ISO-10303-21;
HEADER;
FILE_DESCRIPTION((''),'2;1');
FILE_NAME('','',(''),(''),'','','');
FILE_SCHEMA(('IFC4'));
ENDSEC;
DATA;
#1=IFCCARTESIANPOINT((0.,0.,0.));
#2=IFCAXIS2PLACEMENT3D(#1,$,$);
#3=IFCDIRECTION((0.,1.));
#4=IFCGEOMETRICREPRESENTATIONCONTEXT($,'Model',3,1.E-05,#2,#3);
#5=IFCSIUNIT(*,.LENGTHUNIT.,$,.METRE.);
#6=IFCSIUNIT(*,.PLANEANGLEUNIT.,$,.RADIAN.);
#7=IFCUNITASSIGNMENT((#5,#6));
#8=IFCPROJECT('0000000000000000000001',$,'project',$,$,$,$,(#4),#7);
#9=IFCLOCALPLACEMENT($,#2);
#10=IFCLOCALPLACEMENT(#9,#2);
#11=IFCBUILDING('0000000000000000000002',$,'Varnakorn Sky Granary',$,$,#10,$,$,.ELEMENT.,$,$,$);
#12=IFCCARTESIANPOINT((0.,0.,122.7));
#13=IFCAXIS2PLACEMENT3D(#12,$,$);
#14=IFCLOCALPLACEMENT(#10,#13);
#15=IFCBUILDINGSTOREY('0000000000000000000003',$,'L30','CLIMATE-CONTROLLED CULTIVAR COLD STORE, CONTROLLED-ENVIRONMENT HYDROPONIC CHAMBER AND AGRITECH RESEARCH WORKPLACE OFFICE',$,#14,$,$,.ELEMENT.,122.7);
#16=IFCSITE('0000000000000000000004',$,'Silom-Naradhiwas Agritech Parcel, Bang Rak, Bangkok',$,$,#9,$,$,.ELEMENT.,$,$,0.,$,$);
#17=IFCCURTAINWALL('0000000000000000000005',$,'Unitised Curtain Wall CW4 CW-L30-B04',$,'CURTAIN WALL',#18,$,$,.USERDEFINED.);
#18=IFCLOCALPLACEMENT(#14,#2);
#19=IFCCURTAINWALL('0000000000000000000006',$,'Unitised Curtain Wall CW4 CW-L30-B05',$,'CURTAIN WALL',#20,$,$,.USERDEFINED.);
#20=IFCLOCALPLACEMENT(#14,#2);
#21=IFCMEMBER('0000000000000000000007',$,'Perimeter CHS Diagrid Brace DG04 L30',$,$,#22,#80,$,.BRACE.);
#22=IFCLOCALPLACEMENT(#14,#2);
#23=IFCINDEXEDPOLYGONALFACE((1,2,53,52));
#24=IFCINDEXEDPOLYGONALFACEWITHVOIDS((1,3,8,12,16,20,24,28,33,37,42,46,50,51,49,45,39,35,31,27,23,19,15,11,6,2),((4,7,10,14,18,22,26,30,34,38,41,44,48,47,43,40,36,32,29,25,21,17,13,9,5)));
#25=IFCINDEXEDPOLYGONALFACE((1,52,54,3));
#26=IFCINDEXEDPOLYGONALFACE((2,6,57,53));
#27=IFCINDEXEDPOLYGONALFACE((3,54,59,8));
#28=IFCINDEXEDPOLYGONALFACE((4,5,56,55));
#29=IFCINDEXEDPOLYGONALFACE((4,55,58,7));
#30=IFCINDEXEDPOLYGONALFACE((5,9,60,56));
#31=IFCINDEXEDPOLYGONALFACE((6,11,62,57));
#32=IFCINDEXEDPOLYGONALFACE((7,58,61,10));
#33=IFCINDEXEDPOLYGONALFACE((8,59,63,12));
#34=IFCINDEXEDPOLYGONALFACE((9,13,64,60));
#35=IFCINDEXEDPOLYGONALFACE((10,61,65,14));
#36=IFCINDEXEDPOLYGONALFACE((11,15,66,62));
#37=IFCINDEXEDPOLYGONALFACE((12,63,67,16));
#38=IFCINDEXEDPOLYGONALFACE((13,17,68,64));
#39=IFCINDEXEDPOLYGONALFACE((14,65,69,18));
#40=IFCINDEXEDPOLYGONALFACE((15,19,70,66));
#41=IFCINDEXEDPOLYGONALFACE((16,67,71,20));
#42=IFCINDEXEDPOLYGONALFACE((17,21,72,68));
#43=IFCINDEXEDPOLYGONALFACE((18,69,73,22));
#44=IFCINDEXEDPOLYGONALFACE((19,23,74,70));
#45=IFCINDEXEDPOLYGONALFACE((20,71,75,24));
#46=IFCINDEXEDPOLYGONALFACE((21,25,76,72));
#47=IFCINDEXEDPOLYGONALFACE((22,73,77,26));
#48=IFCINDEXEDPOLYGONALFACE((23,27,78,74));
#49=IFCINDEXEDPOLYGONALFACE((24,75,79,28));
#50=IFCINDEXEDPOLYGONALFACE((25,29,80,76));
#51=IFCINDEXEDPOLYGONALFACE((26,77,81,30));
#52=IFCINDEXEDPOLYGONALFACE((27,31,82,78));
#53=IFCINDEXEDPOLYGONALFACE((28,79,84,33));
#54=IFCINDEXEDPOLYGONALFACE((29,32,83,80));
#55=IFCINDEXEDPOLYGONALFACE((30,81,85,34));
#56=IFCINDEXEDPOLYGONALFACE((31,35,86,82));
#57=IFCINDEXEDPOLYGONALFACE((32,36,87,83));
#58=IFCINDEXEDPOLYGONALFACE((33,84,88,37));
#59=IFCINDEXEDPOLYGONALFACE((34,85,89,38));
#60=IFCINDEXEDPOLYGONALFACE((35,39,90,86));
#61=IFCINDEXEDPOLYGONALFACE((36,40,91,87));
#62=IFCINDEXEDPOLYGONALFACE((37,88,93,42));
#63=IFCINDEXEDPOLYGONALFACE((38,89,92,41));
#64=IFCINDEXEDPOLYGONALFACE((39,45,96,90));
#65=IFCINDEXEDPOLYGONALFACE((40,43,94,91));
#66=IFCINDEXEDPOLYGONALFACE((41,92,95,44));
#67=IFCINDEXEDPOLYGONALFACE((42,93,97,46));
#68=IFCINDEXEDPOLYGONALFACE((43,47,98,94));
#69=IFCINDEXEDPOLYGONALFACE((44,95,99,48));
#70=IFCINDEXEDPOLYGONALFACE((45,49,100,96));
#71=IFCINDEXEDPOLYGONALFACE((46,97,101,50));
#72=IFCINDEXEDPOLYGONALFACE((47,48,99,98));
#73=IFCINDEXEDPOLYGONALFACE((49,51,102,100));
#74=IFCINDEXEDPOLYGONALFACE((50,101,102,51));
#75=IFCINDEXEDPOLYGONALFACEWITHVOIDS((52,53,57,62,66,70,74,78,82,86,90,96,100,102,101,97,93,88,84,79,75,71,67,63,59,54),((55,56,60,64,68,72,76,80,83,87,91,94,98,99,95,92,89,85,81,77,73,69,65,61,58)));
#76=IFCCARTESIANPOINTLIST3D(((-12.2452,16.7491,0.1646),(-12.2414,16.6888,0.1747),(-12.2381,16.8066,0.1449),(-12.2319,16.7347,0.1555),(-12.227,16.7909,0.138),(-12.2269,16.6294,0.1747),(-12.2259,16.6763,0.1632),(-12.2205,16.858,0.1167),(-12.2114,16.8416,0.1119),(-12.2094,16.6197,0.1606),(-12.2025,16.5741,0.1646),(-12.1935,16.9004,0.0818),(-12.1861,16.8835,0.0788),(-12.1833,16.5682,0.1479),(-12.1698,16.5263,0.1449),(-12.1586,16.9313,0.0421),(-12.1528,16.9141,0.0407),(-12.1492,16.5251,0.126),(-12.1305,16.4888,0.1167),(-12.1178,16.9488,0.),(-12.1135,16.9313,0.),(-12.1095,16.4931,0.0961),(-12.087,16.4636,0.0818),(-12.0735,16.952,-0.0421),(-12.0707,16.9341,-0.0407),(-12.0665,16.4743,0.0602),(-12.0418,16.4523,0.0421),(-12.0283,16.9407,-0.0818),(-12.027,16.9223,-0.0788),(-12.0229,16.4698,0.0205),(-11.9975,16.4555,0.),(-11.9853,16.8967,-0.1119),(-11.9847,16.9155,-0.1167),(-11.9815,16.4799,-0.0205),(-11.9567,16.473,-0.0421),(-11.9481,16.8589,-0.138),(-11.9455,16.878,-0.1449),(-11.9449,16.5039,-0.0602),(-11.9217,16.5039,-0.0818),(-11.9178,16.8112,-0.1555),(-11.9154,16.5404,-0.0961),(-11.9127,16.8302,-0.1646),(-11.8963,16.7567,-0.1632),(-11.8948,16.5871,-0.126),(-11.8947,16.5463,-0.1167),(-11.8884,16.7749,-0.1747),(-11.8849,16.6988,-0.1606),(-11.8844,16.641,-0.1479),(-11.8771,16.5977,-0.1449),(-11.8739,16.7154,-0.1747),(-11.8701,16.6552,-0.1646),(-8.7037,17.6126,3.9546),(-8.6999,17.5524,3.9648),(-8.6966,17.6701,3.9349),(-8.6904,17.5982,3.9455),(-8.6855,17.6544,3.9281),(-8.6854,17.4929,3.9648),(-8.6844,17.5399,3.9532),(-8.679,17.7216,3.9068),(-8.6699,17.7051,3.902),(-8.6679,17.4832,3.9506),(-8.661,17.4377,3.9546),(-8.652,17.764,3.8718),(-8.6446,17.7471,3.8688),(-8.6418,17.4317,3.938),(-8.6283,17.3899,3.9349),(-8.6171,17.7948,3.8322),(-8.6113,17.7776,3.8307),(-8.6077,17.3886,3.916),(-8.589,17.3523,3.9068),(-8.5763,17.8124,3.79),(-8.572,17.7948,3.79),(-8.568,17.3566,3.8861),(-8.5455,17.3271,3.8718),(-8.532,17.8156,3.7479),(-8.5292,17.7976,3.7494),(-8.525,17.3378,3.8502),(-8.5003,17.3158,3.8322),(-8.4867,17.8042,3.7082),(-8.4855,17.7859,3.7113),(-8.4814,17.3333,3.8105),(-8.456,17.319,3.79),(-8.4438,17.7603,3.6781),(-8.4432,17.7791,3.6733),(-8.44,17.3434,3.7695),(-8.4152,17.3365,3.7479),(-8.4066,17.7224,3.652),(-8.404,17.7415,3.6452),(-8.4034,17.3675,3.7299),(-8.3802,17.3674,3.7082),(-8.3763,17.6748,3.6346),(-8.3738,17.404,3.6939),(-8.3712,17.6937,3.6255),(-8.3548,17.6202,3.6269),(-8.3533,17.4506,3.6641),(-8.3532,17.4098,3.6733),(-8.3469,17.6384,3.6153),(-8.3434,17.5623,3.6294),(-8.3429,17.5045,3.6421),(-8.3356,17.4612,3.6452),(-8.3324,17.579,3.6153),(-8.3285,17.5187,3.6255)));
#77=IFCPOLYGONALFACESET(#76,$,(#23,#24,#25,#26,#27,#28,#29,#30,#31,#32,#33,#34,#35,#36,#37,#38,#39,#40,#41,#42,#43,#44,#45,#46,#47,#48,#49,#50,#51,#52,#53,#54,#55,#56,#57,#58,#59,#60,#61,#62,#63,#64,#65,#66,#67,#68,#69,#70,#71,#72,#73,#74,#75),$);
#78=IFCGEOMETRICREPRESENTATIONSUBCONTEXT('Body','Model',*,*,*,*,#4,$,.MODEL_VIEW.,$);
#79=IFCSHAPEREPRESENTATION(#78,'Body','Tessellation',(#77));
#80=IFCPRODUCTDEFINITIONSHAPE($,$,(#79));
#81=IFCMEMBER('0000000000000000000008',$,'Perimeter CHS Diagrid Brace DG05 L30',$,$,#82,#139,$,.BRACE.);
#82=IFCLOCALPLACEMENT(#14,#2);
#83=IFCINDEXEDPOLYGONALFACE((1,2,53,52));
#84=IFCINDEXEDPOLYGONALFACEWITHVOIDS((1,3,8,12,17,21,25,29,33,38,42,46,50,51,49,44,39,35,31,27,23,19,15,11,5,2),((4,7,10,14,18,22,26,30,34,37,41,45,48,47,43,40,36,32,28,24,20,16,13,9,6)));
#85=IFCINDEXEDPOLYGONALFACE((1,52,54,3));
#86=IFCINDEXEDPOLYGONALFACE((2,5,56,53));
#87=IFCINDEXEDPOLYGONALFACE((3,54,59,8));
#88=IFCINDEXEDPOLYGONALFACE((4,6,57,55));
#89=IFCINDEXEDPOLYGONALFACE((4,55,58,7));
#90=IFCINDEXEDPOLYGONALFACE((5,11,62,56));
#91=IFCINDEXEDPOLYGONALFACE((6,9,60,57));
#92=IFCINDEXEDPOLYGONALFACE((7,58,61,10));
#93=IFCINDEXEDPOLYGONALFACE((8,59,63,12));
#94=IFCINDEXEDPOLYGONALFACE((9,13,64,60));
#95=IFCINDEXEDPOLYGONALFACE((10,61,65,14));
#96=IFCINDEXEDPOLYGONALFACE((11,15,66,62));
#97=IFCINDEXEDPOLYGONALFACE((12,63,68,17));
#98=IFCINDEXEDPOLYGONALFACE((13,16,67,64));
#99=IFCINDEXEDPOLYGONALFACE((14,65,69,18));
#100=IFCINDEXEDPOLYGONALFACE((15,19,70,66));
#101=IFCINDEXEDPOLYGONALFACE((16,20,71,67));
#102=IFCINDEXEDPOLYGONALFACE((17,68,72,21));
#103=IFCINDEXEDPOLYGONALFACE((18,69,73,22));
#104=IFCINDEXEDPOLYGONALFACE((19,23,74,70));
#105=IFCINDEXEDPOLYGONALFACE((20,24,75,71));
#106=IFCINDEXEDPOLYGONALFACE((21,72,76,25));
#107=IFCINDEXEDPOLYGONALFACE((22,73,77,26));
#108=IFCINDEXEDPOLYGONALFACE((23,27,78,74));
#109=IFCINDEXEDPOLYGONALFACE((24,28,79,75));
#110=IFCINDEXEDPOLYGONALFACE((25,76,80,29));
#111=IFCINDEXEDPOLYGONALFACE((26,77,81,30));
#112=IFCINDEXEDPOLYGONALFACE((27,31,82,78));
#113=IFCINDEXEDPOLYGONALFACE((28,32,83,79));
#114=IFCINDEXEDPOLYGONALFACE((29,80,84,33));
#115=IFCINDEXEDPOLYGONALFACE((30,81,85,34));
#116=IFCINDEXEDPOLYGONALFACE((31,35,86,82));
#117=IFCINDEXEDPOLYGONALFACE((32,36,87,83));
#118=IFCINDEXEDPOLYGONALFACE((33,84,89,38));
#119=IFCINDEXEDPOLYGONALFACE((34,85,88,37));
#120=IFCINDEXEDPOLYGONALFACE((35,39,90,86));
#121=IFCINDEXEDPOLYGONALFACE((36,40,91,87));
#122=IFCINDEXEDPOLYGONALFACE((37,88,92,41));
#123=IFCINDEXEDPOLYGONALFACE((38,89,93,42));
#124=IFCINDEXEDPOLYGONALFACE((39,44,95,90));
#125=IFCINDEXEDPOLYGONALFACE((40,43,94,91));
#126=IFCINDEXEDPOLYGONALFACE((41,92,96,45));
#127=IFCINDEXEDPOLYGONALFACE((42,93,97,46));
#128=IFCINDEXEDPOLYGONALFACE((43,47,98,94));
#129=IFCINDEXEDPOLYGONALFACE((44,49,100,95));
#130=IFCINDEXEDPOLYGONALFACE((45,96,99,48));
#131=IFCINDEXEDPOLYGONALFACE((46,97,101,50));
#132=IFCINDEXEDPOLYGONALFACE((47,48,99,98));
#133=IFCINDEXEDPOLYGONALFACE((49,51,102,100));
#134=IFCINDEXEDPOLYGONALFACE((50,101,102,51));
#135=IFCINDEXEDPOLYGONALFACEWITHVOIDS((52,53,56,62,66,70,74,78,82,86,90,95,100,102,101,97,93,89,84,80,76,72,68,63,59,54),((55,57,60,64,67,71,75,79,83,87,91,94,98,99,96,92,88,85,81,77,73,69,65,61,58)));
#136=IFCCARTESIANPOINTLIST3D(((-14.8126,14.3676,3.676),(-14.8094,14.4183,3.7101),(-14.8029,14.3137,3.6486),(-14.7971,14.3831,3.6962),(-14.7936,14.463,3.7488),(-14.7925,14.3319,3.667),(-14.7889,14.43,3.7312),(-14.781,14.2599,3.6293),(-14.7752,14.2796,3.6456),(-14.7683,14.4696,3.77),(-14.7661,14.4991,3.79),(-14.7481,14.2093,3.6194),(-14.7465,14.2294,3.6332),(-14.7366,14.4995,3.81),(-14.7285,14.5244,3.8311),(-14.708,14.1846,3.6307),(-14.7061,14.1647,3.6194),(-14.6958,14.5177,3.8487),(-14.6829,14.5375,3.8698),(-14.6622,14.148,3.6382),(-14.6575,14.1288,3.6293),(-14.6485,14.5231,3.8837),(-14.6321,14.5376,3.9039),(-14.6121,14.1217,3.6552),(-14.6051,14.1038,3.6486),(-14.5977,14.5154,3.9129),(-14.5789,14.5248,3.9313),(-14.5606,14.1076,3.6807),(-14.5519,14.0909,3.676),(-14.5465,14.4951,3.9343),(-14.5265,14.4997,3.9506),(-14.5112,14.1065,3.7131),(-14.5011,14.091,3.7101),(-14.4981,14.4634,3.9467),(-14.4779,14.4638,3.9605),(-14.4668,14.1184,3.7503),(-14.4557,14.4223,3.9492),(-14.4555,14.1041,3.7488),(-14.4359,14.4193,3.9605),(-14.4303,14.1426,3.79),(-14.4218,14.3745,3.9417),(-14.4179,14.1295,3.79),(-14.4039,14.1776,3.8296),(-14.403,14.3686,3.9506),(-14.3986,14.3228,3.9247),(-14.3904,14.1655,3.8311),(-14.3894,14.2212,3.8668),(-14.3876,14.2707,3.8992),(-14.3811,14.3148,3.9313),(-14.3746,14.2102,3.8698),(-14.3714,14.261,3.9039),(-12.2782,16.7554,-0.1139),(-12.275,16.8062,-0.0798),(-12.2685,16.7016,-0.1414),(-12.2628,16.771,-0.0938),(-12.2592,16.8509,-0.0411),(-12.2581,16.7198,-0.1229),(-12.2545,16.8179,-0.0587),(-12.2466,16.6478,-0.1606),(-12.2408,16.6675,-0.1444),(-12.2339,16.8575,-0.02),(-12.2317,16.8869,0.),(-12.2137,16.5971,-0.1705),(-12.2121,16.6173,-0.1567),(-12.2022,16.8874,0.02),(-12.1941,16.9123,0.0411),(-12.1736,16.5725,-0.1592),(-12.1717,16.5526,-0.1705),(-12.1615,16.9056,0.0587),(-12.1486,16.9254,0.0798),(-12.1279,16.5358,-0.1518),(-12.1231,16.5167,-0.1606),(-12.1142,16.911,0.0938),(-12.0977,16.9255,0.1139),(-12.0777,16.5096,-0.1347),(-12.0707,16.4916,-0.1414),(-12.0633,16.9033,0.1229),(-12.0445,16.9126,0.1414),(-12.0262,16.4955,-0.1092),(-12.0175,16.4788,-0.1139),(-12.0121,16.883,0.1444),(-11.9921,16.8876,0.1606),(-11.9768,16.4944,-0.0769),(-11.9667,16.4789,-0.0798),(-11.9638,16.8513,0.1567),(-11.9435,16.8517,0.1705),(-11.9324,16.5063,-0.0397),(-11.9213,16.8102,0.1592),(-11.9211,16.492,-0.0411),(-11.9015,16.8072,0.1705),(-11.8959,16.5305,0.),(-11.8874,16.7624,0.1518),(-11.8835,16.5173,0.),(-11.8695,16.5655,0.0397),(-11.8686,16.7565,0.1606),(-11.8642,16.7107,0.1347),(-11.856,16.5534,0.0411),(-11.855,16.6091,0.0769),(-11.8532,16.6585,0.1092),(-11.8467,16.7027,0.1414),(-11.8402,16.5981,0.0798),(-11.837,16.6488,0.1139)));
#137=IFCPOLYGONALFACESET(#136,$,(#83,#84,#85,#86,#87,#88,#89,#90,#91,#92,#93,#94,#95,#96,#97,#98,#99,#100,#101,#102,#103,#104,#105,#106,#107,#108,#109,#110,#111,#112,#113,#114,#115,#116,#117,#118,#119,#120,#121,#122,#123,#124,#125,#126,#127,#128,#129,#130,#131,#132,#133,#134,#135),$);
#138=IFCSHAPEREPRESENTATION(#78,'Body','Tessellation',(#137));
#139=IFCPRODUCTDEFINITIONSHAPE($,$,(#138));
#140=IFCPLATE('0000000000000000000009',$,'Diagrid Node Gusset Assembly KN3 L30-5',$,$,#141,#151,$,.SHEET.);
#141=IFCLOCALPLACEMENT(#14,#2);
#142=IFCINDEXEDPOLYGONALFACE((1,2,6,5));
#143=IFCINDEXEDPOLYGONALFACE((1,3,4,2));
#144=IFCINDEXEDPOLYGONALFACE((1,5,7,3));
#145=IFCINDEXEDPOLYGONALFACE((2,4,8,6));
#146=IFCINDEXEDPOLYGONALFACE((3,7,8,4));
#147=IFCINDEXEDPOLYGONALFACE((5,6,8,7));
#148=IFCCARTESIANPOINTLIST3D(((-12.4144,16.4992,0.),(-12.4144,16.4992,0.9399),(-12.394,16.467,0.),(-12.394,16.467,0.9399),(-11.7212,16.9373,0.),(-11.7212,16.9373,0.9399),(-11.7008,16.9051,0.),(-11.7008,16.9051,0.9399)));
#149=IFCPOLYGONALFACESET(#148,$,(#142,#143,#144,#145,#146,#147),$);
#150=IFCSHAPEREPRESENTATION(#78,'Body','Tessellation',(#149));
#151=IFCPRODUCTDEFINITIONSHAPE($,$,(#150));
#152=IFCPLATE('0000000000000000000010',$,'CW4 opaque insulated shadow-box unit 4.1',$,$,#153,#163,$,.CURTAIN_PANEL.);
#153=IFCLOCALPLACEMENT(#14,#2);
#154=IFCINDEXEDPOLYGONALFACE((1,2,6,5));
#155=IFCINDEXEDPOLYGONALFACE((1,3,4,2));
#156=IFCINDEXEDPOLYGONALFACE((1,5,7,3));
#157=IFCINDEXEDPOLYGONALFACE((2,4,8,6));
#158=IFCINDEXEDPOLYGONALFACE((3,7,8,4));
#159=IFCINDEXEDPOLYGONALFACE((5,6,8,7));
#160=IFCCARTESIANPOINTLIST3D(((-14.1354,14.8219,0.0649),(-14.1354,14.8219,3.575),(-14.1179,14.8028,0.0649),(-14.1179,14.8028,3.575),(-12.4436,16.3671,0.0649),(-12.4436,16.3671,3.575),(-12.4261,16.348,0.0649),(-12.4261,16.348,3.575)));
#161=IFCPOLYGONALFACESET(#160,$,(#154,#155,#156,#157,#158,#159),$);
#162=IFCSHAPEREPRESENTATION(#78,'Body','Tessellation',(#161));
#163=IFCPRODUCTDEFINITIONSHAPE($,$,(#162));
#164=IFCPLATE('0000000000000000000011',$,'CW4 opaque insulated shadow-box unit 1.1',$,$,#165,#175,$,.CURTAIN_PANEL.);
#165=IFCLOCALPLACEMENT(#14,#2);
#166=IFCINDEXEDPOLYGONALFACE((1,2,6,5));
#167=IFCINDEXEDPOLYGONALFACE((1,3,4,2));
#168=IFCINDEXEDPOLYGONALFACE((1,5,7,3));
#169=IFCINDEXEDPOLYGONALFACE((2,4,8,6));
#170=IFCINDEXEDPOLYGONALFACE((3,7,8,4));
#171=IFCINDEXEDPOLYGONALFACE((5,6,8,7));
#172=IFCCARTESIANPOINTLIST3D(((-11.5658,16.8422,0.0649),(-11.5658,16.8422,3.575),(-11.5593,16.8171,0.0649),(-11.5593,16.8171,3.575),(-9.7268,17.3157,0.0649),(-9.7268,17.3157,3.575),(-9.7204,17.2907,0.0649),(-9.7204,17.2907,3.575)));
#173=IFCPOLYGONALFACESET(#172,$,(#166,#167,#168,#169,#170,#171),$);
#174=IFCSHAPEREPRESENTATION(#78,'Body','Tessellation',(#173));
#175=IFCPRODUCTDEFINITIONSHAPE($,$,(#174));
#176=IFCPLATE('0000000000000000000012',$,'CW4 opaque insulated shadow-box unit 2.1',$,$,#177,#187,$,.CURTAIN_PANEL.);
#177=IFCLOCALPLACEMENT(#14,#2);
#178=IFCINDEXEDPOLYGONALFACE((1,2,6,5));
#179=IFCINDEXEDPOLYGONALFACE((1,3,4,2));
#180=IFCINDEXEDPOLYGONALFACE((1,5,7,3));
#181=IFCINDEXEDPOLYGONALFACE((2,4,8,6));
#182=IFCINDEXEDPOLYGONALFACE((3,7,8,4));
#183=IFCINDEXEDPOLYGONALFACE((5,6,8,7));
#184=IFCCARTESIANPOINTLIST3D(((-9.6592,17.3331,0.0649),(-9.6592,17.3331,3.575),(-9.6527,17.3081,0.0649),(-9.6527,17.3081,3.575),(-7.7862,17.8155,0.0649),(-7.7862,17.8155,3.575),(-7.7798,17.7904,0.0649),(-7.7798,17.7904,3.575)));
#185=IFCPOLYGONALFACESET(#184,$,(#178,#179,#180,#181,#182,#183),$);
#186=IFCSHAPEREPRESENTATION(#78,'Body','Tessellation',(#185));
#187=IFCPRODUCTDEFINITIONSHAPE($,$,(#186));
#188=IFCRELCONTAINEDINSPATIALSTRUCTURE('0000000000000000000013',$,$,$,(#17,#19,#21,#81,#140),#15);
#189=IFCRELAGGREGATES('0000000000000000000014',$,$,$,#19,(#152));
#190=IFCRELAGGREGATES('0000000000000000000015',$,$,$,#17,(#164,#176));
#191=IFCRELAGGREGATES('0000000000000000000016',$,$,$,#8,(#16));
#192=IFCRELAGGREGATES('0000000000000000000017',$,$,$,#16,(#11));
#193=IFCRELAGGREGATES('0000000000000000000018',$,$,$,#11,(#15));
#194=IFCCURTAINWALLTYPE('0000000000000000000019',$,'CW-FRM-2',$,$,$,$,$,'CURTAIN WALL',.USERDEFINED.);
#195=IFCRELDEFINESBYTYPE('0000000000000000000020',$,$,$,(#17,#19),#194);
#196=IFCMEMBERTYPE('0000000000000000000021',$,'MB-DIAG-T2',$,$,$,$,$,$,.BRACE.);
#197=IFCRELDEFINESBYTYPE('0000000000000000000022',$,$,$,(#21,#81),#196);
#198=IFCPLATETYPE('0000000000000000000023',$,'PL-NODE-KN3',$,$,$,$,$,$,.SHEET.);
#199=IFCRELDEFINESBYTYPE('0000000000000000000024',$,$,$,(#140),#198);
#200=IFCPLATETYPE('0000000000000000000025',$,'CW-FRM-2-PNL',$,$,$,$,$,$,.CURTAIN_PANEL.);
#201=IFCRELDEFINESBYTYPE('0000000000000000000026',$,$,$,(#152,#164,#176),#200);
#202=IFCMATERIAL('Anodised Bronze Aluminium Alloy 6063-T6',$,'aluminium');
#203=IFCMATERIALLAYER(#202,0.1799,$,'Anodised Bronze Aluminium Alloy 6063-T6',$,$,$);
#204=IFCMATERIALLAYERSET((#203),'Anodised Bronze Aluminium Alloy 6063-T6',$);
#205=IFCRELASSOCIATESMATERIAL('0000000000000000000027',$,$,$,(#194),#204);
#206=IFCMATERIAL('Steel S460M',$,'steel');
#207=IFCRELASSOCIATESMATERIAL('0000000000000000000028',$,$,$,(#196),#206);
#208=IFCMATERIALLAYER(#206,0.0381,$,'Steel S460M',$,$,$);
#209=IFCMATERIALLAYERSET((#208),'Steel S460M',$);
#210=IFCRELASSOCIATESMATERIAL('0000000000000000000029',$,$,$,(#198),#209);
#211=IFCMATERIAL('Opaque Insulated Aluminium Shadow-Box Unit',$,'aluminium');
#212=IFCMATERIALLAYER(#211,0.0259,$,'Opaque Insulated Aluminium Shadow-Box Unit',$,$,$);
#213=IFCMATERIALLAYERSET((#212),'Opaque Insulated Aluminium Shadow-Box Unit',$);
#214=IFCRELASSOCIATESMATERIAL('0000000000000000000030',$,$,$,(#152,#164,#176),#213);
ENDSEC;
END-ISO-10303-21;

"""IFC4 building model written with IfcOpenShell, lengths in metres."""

from ifc_helpers import new_model, si_unit, direction, frame, origin, origin_2d, place, context, subcontext, project, spatial, rectangle, hollow_circle, extrude, source, transform, mapped, material, layer, layer_set, material_profile, profile_set, type_object, type_shapes, element, aggregate, save


model = new_model("IFC4")

# Units and contexts
model_context = context("Model", 3, precision=1e-05, world=origin(), true_north=direction((0.0, 1.0)))
body_context = subcontext(model_context, "Body", "Model", "MODEL_VIEW")
ifc_project = project(units=[si_unit("LENGTHUNIT", "METRE"), si_unit("PLANEANGLEUNIT", "RADIAN")], contexts=[model_context])

# Site, building, storey
site_placement = place(None, origin())
site = spatial("IfcSite", under=ifc_project, at=site_placement, Name="Silom-Naradhiwas Agritech Parcel, Bang Rak, Bangkok", CompositionType="ELEMENT", RefElevation=0.0)
building_placement = place(site_placement, origin())
building = spatial("IfcBuilding", under=site, at=building_placement, Name="Varnakorn Sky Granary", CompositionType="ELEMENT")
storey_placement = place(building_placement, frame((0.0, 0.0, 122.7)))
storey = spatial("IfcBuildingStorey", under=building, at=storey_placement, Name="L30", Description="CLIMATE-CONTROLLED CULTIVAR COLD STORE, CONTROLLED-ENVIRONMENT HYDROPONIC CHAMBER AND AGRITECH RESEARCH WORKPLACE OFFICE", CompositionType="ELEMENT", Elevation=122.7)

# Shared definitions
ifc_material_1 = material(Name="Steel S460M", Category="steel")

# Curtain walls
ifc_material_2 = material(Name="Anodised Bronze Aluminium Alloy 6063-T6", Category="aluminium")
ifc_layer_1 = layer(ifc_material_2, 0.1799, Name="Anodised Bronze Aluminium Alloy 6063-T6")
ifc_layer_set_1 = layer_set([ifc_layer_1], Name="Anodised Bronze Aluminium Alloy 6063-T6")
curtain_wall_type = type_object("IfcCurtainWallType", Name="CW-FRM-2", ElementType="CURTAIN WALL", PredefinedType="USERDEFINED", material=ifc_layer_set_1)
curtain_wall_1_placement = place(storey_placement, origin())
curtain_wall_1 = element("IfcCurtainWall", 1, at=curtain_wall_1_placement, inside=storey, type_object=curtain_wall_type, Name="Unitised Curtain Wall CW4 CW-L30-B04", ObjectType="CURTAIN WALL", PredefinedType="USERDEFINED")
curtain_wall_2_placement = place(storey_placement, origin())
curtain_wall_2 = element("IfcCurtainWall", 2, at=curtain_wall_2_placement, inside=storey, type_object=curtain_wall_type, Name="Unitised Curtain Wall CW4 CW-L30-B05", ObjectType="CURTAIN WALL", PredefinedType="USERDEFINED")

# Members
ifc_material_profile_1 = material_profile(ifc_material_1, hollow_circle(Radius=0.2539, WallThickness=0.0181, at=origin_2d()), Name="CHS 508x18")
ifc_profile_set_1 = profile_set([ifc_material_profile_1], Name="Steel S460M")
member_type_1 = type_object("IfcMemberType", Name="MB-DIAG-T2", PredefinedType="BRACE", material=ifc_profile_set_1)
member_1_placement = place(storey_placement, frame((-12.0576, 16.7021, 0.0), z_axis=(0.673476, 0.164214, 0.720739), x_axis=(-0.23689, 0.971537, 0.0)))
element("IfcMember", 3, at=member_1_placement, inside=storey, type_object=member_type_1, Name="Perimeter CHS Diagrid Brace DG04 L30", PredefinedType="BRACE", context=body_context, shape_type="SweptSolid", body=[
    extrude(hollow_circle(Radius=0.2539, WallThickness=0.0181, at=origin_2d()), origin(), (0.0, 0.0, 1.0), 5.2585),
])
member_2_placement = place(storey_placement, frame((-12.0576, 16.7021, 0.0), z_axis=(-0.492423, -0.463962, 0.736382), x_axis=(0.68576, -0.727827, 0.0)))
element("IfcMember", 4, at=member_2_placement, inside=storey, type_object=member_type_1, Name="Perimeter CHS Diagrid Brace DG05 L30", PredefinedType="BRACE", context=body_context, shape_type="SweptSolid", body=[
    extrude(hollow_circle(Radius=0.2539, WallThickness=0.0181, at=origin_2d()), origin(), (0.0, 0.0, 1.0), 5.1467),
])

# Plates
ifc_layer_2 = layer(ifc_material_1, 0.0381, Name="Steel S460M")
ifc_layer_set_2 = layer_set([ifc_layer_2], Name="Steel S460M")
plate_type_1 = type_object("IfcPlateType", Name="PL-NODE-KN3", PredefinedType="SHEET", material=ifc_layer_set_2)
plate_1_placement = place(storey_placement, frame((-12.0576, 16.7021, 0.0), z_axis=(0.0, 0.0, 1.0), x_axis=(-0.845289, -0.534309, 0.0)))
element("IfcPlate", 5, at=plate_1_placement, inside=storey, type_object=plate_type_1, Name="Diagrid Node Gusset Assembly KN3 L30-5", PredefinedType="SHEET", context=body_context, shape_type="SweptSolid", body=[
    extrude(rectangle(XDim=0.8201, YDim=0.0381, at=origin_2d()), origin(), (0.0, 0.0, 1.0), 0.9399),
])
ifc_material_3 = material(Name="Opaque Insulated Aluminium Shadow-Box Unit", Category="aluminium")
ifc_layer_3 = layer(ifc_material_3, 0.0259, Name="Opaque Insulated Aluminium Shadow-Box Unit")
ifc_layer_set_3 = layer_set([ifc_layer_3], Name="Opaque Insulated Aluminium Shadow-Box Unit")
plate_type_2 = type_object("IfcPlateType", Name="CW-FRM-2-PNL", PredefinedType="CURTAIN_PANEL")
shared_shape_1 = source(origin(), body_context, "Body", "SweptSolid", [
    extrude(rectangle(XDim=2.2913, YDim=0.0259, at=origin_2d()), origin(), (0.0, 0.0, 1.0), 3.51),
])
plate_2_placement = place(storey_placement, frame((-13.2808, 15.585, 0.0649), z_axis=(0.0, 0.0, 1.0), x_axis=(0.738359, 0.674407, 0.0)))
plate_2 = element("IfcPlate", 6, at=plate_2_placement, type_object=plate_type_2, material=ifc_layer_set_3, Name="CW4 opaque insulated shadow-box unit 4.1", PredefinedType="CURTAIN_PANEL", context=body_context, shape_type="MappedRepresentation", body=[
    mapped(shared_shape_1, transform((0.0, 0.0, 0.0), x_axis=(1.0, 0.0, 0.0), y_axis=(0.0, 1.0, 0.0), z_axis=(0.0, 0.0, 1.0), scale=1.0)),
])
aggregate(curtain_wall_2, [plate_2])
shared_shape_2 = source(origin(), body_context, "Body", "SweptSolid", [
    extrude(rectangle(XDim=1.8989, YDim=0.0259, at=origin_2d()), origin(), (0.0, 0.0, 1.0), 3.51),
])
plate_3_placement = place(storey_placement, frame((-10.6431, 17.0664, 0.0649), z_axis=(0.0, 0.0, 1.0), x_axis=(0.968405, 0.249384, 0.0)))
plate_3 = element("IfcPlate", 7, at=plate_3_placement, type_object=plate_type_2, material=ifc_layer_set_3, Name="CW4 opaque insulated shadow-box unit 1.1", PredefinedType="CURTAIN_PANEL", context=body_context, shape_type="MappedRepresentation", body=[
    mapped(shared_shape_2, transform((0.0, 0.0, 0.0), x_axis=(1.0, 0.0, 0.0), y_axis=(0.0, 1.0, 0.0), z_axis=(0.0, 0.0, 1.0), scale=1.0)),
])
shared_shape_3 = source(origin(), body_context, "Body", "SweptSolid", [
    extrude(rectangle(XDim=1.9341, YDim=0.0259, at=origin_2d()), origin(), (0.0, 0.0, 1.0), 3.51),
])
type_shapes(plate_type_2, [shared_shape_1, shared_shape_2, shared_shape_3])
plate_4_placement = place(storey_placement, frame((-8.7195, 17.5618, 0.0649), z_axis=(0.0, 0.0, 1.0), x_axis=(0.968405, 0.249384, 0.0)))
plate_4 = element("IfcPlate", 8, at=plate_4_placement, type_object=plate_type_2, material=ifc_layer_set_3, Name="CW4 opaque insulated shadow-box unit 2.1", PredefinedType="CURTAIN_PANEL", context=body_context, shape_type="MappedRepresentation", body=[
    mapped(shared_shape_3, transform((0.0, 0.0, 0.0), x_axis=(1.0, 0.0, 0.0), y_axis=(0.0, 1.0, 0.0), z_axis=(0.0, 0.0, 1.0), scale=1.0)),
])
aggregate(curtain_wall_1, [plate_3, plate_4])

save(model, "model.ifc")
